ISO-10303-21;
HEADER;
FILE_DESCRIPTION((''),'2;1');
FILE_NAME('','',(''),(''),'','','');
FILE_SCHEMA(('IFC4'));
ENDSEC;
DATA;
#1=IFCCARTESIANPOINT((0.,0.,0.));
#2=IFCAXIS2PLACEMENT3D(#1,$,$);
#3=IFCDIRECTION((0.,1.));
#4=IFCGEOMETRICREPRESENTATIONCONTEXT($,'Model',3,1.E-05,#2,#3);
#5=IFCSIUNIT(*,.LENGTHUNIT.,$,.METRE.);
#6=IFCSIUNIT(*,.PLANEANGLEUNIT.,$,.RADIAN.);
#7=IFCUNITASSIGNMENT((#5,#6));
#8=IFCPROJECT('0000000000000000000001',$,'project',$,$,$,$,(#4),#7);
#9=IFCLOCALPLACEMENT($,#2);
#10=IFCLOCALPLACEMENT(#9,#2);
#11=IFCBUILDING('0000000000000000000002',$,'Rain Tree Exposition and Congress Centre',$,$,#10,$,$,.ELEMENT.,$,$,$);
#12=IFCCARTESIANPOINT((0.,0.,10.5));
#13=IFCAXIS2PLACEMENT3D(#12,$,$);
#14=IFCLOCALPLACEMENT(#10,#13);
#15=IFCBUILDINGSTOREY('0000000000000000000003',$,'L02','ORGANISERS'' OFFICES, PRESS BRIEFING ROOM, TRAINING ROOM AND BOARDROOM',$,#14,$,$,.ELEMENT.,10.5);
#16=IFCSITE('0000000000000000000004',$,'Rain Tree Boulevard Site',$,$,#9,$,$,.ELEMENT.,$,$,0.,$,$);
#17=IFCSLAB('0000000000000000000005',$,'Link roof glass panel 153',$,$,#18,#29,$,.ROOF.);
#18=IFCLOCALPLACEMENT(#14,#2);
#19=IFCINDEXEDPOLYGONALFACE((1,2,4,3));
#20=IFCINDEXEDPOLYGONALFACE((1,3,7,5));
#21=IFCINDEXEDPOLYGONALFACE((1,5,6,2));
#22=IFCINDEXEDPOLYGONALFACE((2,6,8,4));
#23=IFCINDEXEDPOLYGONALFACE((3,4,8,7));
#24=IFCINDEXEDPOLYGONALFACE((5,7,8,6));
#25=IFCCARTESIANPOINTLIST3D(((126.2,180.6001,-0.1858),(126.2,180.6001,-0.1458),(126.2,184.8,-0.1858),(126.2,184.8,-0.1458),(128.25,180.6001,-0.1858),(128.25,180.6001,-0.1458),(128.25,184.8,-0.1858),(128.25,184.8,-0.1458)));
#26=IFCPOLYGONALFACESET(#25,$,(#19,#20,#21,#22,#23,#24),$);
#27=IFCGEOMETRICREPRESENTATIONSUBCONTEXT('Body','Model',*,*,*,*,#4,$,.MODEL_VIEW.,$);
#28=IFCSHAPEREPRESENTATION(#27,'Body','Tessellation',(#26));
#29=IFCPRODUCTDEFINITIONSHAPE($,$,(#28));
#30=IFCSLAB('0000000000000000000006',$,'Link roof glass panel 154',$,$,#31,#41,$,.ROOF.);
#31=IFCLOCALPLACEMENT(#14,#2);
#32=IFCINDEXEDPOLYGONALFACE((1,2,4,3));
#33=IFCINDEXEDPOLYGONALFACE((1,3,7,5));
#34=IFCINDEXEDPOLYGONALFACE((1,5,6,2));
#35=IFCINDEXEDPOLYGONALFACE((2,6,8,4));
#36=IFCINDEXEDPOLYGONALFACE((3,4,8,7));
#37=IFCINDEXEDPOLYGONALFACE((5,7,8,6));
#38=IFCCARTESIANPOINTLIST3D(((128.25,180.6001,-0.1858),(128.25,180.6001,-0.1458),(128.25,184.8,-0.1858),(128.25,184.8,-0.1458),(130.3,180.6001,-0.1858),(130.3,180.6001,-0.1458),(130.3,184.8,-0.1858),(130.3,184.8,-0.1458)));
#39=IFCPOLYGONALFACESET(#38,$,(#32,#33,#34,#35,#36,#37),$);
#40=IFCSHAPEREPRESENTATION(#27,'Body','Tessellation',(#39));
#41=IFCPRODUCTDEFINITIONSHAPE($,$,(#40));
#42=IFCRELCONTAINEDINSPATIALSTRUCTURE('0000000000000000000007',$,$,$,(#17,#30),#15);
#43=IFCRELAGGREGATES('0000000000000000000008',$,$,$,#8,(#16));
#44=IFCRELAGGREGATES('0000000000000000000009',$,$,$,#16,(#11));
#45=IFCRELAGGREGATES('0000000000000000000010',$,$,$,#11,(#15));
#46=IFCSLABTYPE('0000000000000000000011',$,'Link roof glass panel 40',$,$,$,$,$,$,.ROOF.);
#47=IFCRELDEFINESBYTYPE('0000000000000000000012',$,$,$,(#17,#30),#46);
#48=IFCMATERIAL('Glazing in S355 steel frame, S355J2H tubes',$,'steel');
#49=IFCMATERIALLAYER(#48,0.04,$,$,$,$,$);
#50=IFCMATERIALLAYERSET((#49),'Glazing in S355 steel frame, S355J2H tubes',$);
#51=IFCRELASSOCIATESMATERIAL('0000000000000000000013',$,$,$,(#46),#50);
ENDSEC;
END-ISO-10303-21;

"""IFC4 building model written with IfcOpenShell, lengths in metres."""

from ifc_helpers import new_model, si_unit, direction, frame, origin, place, context, subcontext, project, spatial, polyline, outline, extrude, material, layer, layer_set, type_object, element, save


model = new_model("IFC4")

# Units and contexts
model_context = context("Model", 3, precision=1e-05, world=origin(), true_north=direction((0.0, 1.0)))
body_context = subcontext(model_context, "Body", "Model", "MODEL_VIEW")
ifc_project = project(units=[si_unit("LENGTHUNIT", "METRE"), si_unit("PLANEANGLEUNIT", "RADIAN")], contexts=[model_context])

# Site, building, storey
site_placement = place(None, origin())
site = spatial("IfcSite", under=ifc_project, at=site_placement, Name="Rain Tree Boulevard Site", CompositionType="ELEMENT", RefElevation=0.0)
building_placement = place(site_placement, origin())
building = spatial("IfcBuilding", under=site, at=building_placement, Name="Rain Tree Exposition and Congress Centre", CompositionType="ELEMENT")
storey_placement = place(building_placement, frame((0.0, 0.0, 10.5)))
storey = spatial("IfcBuildingStorey", under=building, at=storey_placement, Name="L02", Description="ORGANISERS' OFFICES, PRESS BRIEFING ROOM, TRAINING ROOM AND BOARDROOM", CompositionType="ELEMENT", Elevation=10.5)

# Slabs
ifc_material = material(Name="Glazing in S355 steel frame, S355J2H tubes", Category="steel")
ifc_layer = layer(ifc_material, 0.04)
ifc_layer_set = layer_set([ifc_layer], Name="Glazing in S355 steel frame, S355J2H tubes")
slab_type = type_object("IfcSlabType", Name="Link roof glass panel 40", PredefinedType="ROOF", material=ifc_layer_set)
slab_1_placement = place(storey_placement, frame((0.0, 0.0, -0.1858)))
element("IfcSlab", 1, at=slab_1_placement, inside=storey, type_object=slab_type, Name="Link roof glass panel 153", PredefinedType="ROOF", context=body_context, shape_type="SweptSolid", body=[
    extrude(outline(polyline([(126.2, 180.6001), (128.25, 180.6001), (128.25, 184.8), (126.2, 184.8), (126.2, 180.6001)])), origin(), (0.0, 0.0, 1.0), 0.04),
])
slab_2_placement = place(storey_placement, frame((0.0, 0.0, -0.1858)))
element("IfcSlab", 2, at=slab_2_placement, inside=storey, type_object=slab_type, Name="Link roof glass panel 154", PredefinedType="ROOF", context=body_context, shape_type="SweptSolid", body=[
    extrude(outline(polyline([(128.25, 180.6001), (130.3, 180.6001), (130.3, 184.8), (128.25, 184.8), (128.25, 180.6001)])), origin(), (0.0, 0.0, 1.0), 0.04),
])

save(model, "model.ifc")
